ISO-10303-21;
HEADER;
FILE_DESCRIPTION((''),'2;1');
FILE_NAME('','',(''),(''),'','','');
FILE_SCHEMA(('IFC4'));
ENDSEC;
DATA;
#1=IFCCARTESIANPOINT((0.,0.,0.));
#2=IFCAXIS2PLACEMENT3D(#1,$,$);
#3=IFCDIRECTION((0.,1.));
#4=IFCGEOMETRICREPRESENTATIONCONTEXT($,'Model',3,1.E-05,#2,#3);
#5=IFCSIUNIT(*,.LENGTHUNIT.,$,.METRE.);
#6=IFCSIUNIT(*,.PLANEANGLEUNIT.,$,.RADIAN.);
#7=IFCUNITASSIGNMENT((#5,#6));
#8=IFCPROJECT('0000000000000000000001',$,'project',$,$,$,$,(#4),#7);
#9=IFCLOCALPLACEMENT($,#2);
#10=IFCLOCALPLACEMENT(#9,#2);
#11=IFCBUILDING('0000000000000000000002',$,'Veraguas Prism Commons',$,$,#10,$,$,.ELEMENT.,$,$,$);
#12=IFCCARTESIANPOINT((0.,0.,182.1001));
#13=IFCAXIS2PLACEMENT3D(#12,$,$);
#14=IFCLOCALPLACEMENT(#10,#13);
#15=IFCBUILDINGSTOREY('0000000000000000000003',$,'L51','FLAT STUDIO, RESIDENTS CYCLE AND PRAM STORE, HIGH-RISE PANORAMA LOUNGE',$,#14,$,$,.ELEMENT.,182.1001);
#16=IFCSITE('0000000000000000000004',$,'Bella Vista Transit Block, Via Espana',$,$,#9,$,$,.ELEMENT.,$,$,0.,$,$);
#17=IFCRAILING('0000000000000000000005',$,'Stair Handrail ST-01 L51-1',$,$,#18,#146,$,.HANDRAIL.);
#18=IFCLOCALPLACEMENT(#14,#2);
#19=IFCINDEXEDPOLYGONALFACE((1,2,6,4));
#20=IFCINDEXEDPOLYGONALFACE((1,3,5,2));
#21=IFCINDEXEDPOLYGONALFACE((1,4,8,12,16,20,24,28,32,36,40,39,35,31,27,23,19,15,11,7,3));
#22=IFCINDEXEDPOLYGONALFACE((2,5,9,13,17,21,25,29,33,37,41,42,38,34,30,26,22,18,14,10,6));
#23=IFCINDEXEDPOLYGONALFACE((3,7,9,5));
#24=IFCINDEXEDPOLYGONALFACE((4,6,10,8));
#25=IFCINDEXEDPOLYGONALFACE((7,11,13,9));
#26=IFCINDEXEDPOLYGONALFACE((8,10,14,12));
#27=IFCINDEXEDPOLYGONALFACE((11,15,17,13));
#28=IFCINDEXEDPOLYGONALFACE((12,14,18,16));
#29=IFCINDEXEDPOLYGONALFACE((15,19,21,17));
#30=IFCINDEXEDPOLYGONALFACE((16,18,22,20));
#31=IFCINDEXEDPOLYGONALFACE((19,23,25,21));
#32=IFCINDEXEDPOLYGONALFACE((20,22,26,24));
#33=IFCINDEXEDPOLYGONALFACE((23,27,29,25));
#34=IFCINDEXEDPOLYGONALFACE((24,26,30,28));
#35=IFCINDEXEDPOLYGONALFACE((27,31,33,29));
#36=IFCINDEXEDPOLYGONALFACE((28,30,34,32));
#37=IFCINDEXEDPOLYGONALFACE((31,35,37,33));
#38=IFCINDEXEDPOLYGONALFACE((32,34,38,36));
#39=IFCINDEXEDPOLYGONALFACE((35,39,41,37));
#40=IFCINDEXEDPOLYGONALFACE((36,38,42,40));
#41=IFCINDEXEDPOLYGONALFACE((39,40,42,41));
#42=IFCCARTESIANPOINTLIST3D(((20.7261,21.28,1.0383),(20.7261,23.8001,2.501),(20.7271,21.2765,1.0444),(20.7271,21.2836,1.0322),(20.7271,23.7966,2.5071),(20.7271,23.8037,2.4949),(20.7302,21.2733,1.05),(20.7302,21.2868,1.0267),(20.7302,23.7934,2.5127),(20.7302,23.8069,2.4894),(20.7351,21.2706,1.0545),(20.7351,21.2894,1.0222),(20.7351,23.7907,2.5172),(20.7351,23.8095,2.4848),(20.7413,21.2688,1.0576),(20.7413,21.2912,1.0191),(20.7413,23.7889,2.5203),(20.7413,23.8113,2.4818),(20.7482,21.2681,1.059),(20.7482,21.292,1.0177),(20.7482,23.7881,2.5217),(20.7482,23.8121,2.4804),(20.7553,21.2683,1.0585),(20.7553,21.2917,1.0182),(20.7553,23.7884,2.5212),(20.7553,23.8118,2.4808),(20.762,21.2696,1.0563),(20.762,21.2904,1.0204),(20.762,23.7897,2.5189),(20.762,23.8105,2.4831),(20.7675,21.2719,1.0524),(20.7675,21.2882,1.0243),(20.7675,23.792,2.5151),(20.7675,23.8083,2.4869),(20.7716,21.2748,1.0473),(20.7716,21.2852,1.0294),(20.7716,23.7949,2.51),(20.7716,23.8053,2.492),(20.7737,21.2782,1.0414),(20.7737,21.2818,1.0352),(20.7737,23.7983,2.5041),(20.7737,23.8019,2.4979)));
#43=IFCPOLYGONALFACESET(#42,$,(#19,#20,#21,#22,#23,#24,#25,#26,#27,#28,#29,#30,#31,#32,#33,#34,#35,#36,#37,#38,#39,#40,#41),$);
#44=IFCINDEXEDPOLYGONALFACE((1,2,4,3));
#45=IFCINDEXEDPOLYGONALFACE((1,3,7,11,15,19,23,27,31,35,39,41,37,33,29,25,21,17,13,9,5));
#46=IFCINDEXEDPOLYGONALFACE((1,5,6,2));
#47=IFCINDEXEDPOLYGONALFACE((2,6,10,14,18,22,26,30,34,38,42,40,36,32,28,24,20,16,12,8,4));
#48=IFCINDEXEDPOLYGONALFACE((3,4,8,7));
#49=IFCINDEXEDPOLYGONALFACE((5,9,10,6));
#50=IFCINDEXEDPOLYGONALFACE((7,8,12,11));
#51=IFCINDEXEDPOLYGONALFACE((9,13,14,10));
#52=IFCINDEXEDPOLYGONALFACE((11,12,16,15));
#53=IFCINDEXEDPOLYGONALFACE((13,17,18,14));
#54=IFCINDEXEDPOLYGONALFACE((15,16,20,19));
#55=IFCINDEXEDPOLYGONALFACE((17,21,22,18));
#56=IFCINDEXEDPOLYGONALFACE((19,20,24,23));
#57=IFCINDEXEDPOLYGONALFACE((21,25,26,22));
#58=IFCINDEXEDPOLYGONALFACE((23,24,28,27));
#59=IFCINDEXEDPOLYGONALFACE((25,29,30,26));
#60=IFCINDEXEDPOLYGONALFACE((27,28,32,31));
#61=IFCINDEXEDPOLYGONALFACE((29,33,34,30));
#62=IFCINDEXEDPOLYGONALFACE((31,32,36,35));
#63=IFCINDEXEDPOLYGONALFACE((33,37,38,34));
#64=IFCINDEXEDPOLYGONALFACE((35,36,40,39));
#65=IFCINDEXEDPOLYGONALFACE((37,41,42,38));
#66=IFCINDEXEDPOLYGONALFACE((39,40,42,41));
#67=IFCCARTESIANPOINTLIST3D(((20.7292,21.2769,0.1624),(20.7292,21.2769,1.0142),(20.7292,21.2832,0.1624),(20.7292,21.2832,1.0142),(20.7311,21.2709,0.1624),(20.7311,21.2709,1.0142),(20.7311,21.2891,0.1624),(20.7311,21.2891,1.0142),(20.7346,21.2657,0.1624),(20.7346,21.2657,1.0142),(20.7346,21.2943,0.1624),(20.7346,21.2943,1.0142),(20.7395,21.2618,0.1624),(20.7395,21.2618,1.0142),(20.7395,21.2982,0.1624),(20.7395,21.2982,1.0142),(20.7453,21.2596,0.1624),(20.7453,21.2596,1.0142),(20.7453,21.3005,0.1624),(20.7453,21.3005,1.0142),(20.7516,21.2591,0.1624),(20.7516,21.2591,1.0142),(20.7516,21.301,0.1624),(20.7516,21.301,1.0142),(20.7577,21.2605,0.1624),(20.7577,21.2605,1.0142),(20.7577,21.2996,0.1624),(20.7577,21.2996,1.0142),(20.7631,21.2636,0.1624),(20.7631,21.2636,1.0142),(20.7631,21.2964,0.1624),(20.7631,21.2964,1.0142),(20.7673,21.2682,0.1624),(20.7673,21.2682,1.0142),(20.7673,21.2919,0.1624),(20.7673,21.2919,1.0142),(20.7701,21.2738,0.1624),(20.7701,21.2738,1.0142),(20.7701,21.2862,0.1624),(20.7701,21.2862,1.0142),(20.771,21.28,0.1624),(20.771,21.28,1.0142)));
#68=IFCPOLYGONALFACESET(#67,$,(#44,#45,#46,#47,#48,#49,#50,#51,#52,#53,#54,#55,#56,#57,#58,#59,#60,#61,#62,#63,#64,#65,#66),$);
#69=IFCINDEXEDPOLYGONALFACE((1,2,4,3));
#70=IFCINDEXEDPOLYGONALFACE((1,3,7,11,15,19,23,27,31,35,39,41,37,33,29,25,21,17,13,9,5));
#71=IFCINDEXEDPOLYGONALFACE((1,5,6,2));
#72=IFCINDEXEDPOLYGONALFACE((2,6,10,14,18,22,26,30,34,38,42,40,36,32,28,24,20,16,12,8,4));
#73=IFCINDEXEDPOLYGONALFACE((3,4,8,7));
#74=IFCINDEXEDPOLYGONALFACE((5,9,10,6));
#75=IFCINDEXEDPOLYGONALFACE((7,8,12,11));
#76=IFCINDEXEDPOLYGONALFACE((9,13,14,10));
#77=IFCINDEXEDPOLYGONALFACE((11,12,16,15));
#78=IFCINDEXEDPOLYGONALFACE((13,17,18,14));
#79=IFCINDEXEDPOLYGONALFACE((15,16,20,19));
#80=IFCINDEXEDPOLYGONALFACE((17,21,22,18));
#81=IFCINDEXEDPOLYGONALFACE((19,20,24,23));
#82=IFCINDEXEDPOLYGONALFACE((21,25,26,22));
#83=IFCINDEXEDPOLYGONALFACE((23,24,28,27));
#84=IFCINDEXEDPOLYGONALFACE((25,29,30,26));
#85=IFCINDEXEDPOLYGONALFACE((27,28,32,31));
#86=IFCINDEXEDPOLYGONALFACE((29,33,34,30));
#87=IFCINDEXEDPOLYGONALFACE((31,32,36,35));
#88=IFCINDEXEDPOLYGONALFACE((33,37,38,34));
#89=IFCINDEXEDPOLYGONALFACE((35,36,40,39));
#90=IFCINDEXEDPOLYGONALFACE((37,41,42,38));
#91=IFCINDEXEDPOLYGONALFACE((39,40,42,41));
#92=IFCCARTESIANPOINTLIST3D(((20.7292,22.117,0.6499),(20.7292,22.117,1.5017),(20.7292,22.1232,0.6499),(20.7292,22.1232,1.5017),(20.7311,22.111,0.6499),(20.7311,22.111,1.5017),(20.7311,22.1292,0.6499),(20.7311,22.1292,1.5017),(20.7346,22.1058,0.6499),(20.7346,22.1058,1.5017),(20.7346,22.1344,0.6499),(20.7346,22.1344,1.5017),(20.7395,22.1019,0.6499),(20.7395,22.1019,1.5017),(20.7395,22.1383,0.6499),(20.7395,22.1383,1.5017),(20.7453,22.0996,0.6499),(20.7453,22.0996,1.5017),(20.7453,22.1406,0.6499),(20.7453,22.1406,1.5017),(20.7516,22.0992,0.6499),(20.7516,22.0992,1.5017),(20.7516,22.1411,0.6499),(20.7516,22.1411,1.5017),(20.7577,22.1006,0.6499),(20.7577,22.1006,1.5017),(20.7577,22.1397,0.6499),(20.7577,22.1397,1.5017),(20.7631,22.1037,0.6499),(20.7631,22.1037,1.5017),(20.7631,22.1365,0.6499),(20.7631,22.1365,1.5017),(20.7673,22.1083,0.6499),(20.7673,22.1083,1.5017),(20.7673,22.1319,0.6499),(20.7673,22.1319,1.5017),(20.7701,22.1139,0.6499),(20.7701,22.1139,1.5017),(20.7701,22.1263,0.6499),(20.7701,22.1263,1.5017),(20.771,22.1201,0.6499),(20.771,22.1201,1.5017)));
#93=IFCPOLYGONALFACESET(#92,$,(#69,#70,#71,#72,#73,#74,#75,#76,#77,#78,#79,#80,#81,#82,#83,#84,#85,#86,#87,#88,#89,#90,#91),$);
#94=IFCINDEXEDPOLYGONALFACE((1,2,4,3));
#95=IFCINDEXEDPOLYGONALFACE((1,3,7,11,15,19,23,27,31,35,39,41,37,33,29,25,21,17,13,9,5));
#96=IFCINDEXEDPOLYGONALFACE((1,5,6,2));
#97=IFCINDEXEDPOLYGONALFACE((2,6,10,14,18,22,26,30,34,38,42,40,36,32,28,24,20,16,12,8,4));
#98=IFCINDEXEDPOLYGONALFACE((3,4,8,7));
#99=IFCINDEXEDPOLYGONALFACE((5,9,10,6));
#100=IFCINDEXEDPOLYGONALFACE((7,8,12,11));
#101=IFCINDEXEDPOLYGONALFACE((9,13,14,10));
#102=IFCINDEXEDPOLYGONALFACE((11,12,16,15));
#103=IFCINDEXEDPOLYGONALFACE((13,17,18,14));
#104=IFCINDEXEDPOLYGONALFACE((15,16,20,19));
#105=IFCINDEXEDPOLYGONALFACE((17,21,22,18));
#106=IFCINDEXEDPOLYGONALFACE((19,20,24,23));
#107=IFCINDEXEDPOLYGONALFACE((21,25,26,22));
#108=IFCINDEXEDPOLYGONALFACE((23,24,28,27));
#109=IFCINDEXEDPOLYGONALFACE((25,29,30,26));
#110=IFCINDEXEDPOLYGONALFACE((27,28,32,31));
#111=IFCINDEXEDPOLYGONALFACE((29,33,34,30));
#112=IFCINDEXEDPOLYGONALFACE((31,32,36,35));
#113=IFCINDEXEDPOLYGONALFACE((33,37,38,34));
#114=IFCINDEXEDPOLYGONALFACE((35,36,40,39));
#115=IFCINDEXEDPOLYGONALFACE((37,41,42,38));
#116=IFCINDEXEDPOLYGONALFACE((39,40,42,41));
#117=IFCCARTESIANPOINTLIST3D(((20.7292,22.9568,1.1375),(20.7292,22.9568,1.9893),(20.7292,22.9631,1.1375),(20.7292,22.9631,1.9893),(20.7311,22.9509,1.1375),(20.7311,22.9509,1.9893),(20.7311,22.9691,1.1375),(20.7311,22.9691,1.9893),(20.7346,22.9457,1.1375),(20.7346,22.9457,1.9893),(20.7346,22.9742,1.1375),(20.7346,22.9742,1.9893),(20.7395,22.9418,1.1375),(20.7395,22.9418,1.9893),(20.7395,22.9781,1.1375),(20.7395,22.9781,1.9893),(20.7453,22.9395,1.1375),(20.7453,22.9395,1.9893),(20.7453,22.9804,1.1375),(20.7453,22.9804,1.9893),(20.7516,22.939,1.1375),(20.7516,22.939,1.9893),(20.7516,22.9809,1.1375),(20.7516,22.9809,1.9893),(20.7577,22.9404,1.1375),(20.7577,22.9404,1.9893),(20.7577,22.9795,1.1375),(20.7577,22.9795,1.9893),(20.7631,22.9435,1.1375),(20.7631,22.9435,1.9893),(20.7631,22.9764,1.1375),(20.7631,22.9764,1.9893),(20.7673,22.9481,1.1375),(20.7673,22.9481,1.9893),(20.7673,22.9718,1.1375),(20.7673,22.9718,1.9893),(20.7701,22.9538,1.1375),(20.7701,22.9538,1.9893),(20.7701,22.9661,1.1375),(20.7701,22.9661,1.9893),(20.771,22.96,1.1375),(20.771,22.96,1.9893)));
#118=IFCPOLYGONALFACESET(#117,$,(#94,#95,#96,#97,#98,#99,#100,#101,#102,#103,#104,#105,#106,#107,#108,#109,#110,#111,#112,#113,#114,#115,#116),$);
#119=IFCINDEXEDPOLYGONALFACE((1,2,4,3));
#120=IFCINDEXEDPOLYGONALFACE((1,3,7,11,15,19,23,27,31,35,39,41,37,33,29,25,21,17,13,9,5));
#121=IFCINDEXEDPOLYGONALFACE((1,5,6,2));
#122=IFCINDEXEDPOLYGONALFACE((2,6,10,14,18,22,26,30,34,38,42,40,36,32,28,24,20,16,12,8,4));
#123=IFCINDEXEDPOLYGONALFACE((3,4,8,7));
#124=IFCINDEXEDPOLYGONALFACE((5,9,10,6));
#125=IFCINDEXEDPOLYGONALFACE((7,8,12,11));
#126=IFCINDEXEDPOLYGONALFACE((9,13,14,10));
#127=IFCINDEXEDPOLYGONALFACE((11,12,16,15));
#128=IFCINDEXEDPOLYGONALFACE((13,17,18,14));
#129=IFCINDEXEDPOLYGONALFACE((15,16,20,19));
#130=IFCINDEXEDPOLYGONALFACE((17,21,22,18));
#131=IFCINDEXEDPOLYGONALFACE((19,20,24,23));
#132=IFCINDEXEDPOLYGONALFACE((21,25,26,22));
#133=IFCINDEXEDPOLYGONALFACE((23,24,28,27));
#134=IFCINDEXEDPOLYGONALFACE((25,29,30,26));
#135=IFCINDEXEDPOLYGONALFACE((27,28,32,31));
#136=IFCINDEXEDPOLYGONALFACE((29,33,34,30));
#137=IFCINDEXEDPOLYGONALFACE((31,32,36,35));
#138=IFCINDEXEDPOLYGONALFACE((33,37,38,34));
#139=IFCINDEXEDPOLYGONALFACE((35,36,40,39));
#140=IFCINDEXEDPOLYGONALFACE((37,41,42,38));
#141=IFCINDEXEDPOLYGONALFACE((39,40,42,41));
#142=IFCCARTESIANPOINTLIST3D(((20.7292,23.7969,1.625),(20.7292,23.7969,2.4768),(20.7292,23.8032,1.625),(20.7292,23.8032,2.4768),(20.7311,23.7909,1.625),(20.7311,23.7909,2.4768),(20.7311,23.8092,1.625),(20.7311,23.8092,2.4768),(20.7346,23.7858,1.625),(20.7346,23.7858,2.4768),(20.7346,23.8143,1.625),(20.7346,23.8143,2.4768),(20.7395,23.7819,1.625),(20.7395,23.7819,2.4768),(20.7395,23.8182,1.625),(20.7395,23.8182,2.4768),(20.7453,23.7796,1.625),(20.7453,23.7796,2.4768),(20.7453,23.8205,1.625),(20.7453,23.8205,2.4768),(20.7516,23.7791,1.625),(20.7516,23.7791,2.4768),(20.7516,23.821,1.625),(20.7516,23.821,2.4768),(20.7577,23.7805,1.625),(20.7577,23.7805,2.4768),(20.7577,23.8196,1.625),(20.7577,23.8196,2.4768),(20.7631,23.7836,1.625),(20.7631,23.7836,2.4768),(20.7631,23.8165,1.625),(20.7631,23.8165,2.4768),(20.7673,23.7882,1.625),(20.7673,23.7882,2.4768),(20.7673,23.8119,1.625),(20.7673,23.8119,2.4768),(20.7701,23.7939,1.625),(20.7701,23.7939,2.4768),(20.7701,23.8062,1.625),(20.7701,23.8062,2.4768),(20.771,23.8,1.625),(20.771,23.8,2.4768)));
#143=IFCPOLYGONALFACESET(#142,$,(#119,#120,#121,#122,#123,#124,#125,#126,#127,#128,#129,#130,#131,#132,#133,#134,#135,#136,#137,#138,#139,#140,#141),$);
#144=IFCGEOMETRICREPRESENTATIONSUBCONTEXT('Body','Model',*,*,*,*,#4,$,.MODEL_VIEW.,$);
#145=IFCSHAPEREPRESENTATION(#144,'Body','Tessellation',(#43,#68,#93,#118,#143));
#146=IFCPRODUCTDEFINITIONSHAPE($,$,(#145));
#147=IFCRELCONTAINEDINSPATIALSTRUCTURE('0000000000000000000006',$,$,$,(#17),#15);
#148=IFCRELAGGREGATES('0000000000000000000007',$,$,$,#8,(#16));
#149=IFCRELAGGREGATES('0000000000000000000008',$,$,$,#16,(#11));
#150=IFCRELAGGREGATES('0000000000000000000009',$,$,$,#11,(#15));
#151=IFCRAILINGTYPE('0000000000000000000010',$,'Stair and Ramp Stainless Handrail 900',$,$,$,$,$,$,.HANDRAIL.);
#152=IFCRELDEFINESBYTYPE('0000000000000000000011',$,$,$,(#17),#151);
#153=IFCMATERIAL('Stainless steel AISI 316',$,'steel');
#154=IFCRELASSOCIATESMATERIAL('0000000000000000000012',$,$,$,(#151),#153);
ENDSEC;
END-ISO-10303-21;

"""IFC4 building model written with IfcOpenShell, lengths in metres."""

from ifc_helpers import new_model, si_unit, direction, frame, origin, origin_2d, place, context, subcontext, project, spatial, circle, extrude, material, type_object, element, save


model = new_model("IFC4")

# Units and contexts
model_context = context("Model", 3, precision=1e-05, world=origin(), true_north=direction((0.0, 1.0)))
body_context = subcontext(model_context, "Body", "Model", "MODEL_VIEW")
ifc_project = project(units=[si_unit("LENGTHUNIT", "METRE"), si_unit("PLANEANGLEUNIT", "RADIAN")], contexts=[model_context])

# Site, building, storey
site_placement = place(None, origin())
site = spatial("IfcSite", under=ifc_project, at=site_placement, Name="Bella Vista Transit Block, Via Espana", CompositionType="ELEMENT", RefElevation=0.0)
building_placement = place(site_placement, origin())
building = spatial("IfcBuilding", under=site, at=building_placement, Name="Veraguas Prism Commons", CompositionType="ELEMENT")
storey_placement = place(building_placement, frame((0.0, 0.0, 182.1001)))
storey = spatial("IfcBuildingStorey", under=building, at=storey_placement, Name="L51", Description="FLAT STUDIO, RESIDENTS CYCLE AND PRAM STORE, HIGH-RISE PANORAMA LOUNGE", CompositionType="ELEMENT", Elevation=182.1001)

# Railing
ifc_material_1 = material(Name="Stainless steel AISI 316", Category="steel")
railing_type_1 = type_object("IfcRailingType", Name="Stair and Ramp Stainless Handrail 900", PredefinedType="HANDRAIL", material=ifc_material_1)
railing_1_placement = place(storey_placement, frame((20.75, 21.28, 0.1624)))
element("IfcRailing", 1, at=railing_1_placement, inside=storey, type_object=railing_type_1, Name="Stair Handrail ST-01 L51-1", PredefinedType="HANDRAIL", context=body_context, shape_type="SweptSolid", body=[
    extrude(circle(Radius=0.0239, at=origin_2d()), frame((0.0, 0.0, 0.876), z_axis=(0.0, 0.864877, 0.501984), x_axis=(-1.0, 0.0, 0.0)), (0.0, 0.0, 1.0), 2.9138),
    extrude(circle(Radius=0.021, at=origin_2d()), origin(), (0.0, 0.0, 1.0), 0.8518),
    extrude(circle(Radius=0.021, at=origin_2d()), frame((0.0, 0.8401, 0.4875)), (0.0, 0.0, 1.0), 0.8518),
    extrude(circle(Radius=0.021, at=origin_2d()), frame((0.0, 1.6799, 0.9751)), (0.0, 0.0, 1.0), 0.8518),
    extrude(circle(Radius=0.021, at=origin_2d()), frame((0.0, 2.52, 1.4626)), (0.0, 0.0, 1.0), 0.8518),
])

save(model, "model.ifc")
